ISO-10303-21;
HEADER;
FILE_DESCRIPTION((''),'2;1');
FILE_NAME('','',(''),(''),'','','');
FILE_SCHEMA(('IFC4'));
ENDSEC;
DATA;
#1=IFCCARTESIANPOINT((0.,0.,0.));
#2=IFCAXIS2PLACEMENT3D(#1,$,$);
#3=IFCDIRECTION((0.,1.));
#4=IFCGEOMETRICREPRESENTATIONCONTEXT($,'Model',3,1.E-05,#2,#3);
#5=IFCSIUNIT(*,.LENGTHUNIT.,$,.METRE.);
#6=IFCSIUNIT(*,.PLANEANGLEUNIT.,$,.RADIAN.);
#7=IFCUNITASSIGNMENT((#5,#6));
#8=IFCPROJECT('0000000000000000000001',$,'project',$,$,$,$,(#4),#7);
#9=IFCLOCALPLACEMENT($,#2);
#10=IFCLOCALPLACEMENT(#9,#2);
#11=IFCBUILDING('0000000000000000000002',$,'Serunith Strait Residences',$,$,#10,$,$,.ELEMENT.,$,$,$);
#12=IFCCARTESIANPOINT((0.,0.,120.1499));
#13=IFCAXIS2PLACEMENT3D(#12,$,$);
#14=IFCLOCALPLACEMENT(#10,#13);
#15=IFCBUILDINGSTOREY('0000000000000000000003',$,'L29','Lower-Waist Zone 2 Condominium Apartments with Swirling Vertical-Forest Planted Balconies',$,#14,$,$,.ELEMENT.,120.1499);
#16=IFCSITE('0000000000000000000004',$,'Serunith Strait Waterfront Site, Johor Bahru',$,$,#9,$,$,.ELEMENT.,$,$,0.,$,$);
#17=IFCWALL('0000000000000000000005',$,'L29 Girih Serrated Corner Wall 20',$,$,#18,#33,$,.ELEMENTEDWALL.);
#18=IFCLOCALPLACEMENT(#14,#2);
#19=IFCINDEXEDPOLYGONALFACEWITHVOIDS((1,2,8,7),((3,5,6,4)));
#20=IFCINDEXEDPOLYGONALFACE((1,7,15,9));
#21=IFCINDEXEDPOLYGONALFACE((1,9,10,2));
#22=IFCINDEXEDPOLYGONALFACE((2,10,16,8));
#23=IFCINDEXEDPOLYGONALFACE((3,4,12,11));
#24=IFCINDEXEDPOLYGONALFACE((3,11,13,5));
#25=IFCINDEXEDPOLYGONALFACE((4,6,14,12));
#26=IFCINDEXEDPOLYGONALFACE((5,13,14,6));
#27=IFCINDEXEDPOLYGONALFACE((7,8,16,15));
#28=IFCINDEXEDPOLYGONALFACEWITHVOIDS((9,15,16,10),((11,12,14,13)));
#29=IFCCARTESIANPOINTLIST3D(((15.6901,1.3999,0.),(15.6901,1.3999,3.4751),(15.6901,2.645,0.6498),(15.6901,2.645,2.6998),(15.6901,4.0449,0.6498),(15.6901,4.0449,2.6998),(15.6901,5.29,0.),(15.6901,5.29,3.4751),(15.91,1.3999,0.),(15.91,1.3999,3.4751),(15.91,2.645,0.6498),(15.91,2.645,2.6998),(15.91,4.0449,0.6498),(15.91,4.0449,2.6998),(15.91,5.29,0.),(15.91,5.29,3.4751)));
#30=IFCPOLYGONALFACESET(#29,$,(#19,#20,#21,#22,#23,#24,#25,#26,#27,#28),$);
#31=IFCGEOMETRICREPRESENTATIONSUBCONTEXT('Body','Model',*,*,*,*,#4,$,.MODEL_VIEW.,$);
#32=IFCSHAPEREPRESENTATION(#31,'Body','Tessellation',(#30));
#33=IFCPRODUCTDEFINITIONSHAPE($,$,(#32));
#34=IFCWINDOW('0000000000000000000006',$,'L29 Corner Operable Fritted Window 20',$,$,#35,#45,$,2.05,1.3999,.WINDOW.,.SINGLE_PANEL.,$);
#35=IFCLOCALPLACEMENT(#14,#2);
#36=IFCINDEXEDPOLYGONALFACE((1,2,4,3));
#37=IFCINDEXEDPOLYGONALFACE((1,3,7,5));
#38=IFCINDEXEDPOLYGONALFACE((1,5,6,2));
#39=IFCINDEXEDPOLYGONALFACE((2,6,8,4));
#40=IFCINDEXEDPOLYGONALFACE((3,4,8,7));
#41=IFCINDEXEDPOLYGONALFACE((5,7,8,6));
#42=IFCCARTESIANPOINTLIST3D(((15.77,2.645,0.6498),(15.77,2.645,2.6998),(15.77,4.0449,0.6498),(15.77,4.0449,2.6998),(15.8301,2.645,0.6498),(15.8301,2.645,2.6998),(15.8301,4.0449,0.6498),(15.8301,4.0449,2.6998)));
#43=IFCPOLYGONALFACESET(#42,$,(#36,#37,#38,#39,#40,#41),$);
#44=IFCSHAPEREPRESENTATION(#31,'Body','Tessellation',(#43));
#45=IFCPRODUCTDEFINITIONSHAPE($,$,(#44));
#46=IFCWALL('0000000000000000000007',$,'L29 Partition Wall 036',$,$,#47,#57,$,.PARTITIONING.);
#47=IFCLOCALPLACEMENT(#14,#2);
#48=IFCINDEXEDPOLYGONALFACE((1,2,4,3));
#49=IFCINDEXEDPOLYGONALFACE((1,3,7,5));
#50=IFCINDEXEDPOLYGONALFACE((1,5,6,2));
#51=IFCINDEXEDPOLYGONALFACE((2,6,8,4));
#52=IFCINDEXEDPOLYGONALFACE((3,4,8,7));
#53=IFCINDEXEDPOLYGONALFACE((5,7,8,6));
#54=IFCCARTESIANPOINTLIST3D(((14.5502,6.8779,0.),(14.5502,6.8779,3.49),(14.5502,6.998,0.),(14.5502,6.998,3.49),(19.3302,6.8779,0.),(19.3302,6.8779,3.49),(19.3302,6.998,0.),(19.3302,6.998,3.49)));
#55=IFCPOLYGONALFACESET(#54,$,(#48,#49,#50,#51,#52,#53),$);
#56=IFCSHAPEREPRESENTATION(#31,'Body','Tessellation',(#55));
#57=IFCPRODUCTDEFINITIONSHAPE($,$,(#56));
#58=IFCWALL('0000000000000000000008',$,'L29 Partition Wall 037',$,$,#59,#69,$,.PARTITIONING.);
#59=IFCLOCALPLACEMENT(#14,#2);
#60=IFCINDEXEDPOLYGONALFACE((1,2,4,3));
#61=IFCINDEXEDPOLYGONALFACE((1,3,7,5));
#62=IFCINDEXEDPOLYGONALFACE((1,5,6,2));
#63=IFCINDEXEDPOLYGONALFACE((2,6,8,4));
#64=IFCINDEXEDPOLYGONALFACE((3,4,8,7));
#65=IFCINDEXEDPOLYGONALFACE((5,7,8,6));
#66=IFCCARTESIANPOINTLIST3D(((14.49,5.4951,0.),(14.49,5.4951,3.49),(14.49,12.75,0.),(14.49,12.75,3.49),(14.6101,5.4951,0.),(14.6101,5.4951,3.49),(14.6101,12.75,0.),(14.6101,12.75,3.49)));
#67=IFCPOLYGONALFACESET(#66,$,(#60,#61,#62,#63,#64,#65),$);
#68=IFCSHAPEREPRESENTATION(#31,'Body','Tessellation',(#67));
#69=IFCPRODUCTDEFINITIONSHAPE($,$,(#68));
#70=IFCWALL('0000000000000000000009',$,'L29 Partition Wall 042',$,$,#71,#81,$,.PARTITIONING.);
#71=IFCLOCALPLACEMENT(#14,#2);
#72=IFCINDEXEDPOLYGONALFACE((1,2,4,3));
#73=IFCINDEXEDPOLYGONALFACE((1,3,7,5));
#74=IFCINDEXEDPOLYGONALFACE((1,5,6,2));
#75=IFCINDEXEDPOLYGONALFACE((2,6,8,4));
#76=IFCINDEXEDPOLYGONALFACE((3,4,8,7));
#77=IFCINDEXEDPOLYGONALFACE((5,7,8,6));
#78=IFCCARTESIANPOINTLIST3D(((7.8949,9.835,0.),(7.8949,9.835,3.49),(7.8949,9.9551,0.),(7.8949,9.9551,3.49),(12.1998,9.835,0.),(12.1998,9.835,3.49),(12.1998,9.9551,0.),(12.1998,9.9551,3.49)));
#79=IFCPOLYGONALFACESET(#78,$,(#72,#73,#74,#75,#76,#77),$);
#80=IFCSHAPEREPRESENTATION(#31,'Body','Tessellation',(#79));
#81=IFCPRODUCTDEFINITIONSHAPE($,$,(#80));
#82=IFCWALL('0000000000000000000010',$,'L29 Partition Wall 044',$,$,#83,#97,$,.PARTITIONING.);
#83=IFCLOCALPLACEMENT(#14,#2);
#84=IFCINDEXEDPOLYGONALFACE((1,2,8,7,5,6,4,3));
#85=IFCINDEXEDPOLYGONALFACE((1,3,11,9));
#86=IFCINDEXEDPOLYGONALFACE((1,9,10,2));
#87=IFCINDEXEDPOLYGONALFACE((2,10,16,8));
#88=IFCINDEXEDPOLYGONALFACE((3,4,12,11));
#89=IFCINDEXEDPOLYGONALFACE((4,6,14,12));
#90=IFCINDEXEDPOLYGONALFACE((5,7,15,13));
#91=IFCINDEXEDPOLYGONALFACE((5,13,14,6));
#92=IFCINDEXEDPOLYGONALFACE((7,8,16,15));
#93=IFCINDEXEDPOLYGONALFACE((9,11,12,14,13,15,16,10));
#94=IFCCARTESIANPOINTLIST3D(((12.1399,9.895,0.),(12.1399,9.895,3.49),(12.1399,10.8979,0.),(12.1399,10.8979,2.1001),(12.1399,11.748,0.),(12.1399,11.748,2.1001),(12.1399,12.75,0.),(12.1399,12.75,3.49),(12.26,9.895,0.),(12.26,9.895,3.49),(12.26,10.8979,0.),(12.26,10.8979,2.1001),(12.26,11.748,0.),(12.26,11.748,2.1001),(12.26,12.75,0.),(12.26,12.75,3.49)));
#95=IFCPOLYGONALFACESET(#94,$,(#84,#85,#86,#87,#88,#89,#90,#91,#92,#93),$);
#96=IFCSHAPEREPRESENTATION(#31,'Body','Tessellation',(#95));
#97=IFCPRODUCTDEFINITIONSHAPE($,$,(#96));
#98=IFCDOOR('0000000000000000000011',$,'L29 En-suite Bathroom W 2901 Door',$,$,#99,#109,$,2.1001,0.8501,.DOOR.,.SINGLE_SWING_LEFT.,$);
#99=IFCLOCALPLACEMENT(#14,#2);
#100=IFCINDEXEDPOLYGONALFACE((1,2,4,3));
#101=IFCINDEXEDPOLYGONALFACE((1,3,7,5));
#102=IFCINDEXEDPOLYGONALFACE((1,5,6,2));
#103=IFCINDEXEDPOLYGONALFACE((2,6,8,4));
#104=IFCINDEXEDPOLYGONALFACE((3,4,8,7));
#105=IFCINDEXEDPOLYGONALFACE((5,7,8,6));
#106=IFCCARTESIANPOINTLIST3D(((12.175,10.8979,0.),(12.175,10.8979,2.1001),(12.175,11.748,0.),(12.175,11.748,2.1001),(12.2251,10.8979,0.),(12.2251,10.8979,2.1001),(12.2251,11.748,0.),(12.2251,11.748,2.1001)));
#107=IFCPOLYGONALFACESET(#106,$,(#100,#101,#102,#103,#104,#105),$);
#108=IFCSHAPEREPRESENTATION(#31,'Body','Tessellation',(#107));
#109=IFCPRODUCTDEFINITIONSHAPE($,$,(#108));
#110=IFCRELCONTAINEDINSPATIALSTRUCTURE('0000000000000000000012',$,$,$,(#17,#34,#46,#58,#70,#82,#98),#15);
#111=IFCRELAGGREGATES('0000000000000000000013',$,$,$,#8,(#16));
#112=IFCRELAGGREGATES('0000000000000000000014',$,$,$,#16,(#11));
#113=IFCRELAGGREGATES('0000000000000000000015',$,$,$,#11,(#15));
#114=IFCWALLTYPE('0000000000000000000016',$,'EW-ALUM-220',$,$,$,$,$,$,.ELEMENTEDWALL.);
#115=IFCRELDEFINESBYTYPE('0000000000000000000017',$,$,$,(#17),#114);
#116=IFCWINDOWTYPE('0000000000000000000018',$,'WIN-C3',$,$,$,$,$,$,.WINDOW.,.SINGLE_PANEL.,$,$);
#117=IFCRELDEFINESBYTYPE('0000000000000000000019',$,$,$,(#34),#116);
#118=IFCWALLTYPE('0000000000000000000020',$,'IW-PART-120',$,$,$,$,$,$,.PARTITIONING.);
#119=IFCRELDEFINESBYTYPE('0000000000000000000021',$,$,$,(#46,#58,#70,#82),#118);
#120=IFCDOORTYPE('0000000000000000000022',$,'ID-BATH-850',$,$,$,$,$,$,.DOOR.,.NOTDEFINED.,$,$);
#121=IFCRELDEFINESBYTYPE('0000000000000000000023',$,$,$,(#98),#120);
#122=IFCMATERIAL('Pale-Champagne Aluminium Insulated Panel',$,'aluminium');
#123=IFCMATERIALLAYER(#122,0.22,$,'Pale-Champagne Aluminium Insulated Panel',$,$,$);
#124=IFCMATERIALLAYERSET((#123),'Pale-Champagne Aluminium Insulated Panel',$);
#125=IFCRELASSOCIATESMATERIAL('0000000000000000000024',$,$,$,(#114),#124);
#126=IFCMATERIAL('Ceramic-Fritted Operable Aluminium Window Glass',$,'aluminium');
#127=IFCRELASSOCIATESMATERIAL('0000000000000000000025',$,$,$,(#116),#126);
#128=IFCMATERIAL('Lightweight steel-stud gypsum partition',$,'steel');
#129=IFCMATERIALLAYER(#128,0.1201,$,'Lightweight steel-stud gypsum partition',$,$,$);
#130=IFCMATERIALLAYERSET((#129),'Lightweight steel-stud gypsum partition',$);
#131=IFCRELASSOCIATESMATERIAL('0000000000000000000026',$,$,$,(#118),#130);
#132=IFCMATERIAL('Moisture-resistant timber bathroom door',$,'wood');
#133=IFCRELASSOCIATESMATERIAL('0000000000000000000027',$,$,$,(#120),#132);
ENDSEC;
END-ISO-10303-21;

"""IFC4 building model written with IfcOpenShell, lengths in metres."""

from ifc_helpers import new_model, si_unit, direction, frame, frame_2d, origin, place, context, subcontext, project, spatial, rectangle, extrude, source, transform, mapped, material, layer, layer_set, type_object, element, fill, save


model = new_model("IFC4")

# Units and contexts
model_context = context("Model", 3, precision=1e-05, world=origin(), true_north=direction((0.0, 1.0)))
body_context = subcontext(model_context, "Body", "Model", "MODEL_VIEW")
ifc_project = project(units=[si_unit("LENGTHUNIT", "METRE"), si_unit("PLANEANGLEUNIT", "RADIAN")], contexts=[model_context])

# Site, building, storey
site_placement = place(None, origin())
site = spatial("IfcSite", under=ifc_project, at=site_placement, Name="Serunith Strait Waterfront Site, Johor Bahru", CompositionType="ELEMENT", RefElevation=0.0)
building_placement = place(site_placement, origin())
building = spatial("IfcBuilding", under=site, at=building_placement, Name="Serunith Strait Residences", CompositionType="ELEMENT")
storey_placement = place(building_placement, frame((0.0, 0.0, 120.1499)))
storey = spatial("IfcBuildingStorey", under=building, at=storey_placement, Name="L29", Description="Lower-Waist Zone 2 Condominium Apartments with Swirling Vertical-Forest Planted Balconies", CompositionType="ELEMENT", Elevation=120.1499)

# Wall, opening, window
ifc_material_1 = material(Name="Pale-Champagne Aluminium Insulated Panel", Category="aluminium")
ifc_layer_1 = layer(ifc_material_1, 0.22, Name="Pale-Champagne Aluminium Insulated Panel")
ifc_layer_set_1 = layer_set([ifc_layer_1], Name="Pale-Champagne Aluminium Insulated Panel")
wall_type_1 = type_object("IfcWallType", Name="EW-ALUM-220", PredefinedType="ELEMENTEDWALL", material=ifc_layer_set_1)
ifc_material_2 = material(Name="Ceramic-Fritted Operable Aluminium Window Glass", Category="aluminium")
window_type = type_object("IfcWindowType", Name="WIN-C3", PartitioningType="SINGLE_PANEL", PredefinedType="WINDOW", material=ifc_material_2)
shared_shape_1 = source(origin(), body_context, "Body", "SweptSolid", [
    extrude(rectangle(XDim=1.3999, YDim=2.05, at=frame_2d((0.7, 1.0249))), frame((0.0, 0.03, 0.0), z_axis=(0.0, -1.0, 0.0), x_axis=(1.0, 0.0, 0.0)), (0.0, 0.0, 1.0), 0.0601),
])
wall_1_placement = place(storey_placement, frame((15.8, 5.29, 0.0), z_axis=(0.0, 0.0, 1.0), x_axis=(0.0, -1.0, 0.0)))
wall_1 = element("IfcWall", 1, at=wall_1_placement, inside=storey, type_object=wall_type_1, Name="L29 Girih Serrated Corner Wall 20", PredefinedType="ELEMENTEDWALL", context=body_context, shape_type="SweptSolid", body=[
    extrude(rectangle(XDim=3.8901, YDim=0.22, at=frame_2d((1.9451, 0.0))), origin(), (0.0, 0.0, 1.0), 3.4751),
])
opening_1_placement = place(wall_1_placement, frame((1.2451, 0.0, 0.6499)))
opening_1 = element("IfcOpeningElement", 2, at=opening_1_placement, cuts=wall_1, PredefinedType="OPENING", context=body_context, shape_type="SweptSolid", body=[
    extrude(rectangle(XDim=1.3999, YDim=2.05, at=frame_2d((0.7, 1.0249))), frame((0.0, 0.1201, 0.0), z_axis=(0.0, -1.0, 0.0), x_axis=(1.0, 0.0, 0.0)), (0.0, 0.0, 1.0), 0.24),
])
window_1_placement = place(opening_1_placement, origin())
window_1 = element("IfcWindow", 3, at=window_1_placement, inside=storey, type_object=window_type, Name="L29 Corner Operable Fritted Window 20", OverallHeight=2.05, OverallWidth=1.3999, PartitioningType="SINGLE_PANEL", PredefinedType="WINDOW", context=body_context, shape_type="MappedRepresentation", body=[
    mapped(shared_shape_1, transform((0.0, 0.0, 0.0), scale=1.0)),
])
fill(opening_1, window_1)

# Walls
ifc_material_3 = material(Name="Lightweight steel-stud gypsum partition", Category="steel")
ifc_layer_2 = layer(ifc_material_3, 0.1201, Name="Lightweight steel-stud gypsum partition")
ifc_layer_set_2 = layer_set([ifc_layer_2], Name="Lightweight steel-stud gypsum partition")
wall_type_2 = type_object("IfcWallType", Name="IW-PART-120", PredefinedType="PARTITIONING", material=ifc_layer_set_2)
wall_2_placement = place(storey_placement, frame((14.55, 6.938, 0.0), z_axis=(0.0, 0.0, 1.0), x_axis=(1.0, 0.0, 0.0)))
element("IfcWall", 4, at=wall_2_placement, inside=storey, type_object=wall_type_2, Name="L29 Partition Wall 036", PredefinedType="PARTITIONING", context=body_context, shape_type="SweptSolid", body=[
    extrude(rectangle(XDim=4.78, YDim=0.1201, at=frame_2d((2.3901, 0.0))), origin(), (0.0, 0.0, 1.0), 3.49),
])
wall_3_placement = place(storey_placement, frame((14.55, 5.4951, 0.0), z_axis=(0.0, 0.0, 1.0), x_axis=(0.0, 1.0, 0.0)))
element("IfcWall", 5, at=wall_3_placement, inside=storey, type_object=wall_type_2, Name="L29 Partition Wall 037", PredefinedType="PARTITIONING", context=body_context, shape_type="SweptSolid", body=[
    extrude(rectangle(XDim=7.2549, YDim=0.1201, at=frame_2d((3.6274, 0.0))), origin(), (0.0, 0.0, 1.0), 3.49),
])
wall_4_placement = place(storey_placement, frame((7.895, 9.895, 0.0), z_axis=(0.0, 0.0, 1.0), x_axis=(1.0, 0.0, 0.0)))
element("IfcWall", 6, at=wall_4_placement, inside=storey, type_object=wall_type_2, Name="L29 Partition Wall 042", PredefinedType="PARTITIONING", context=body_context, shape_type="SweptSolid", body=[
    extrude(rectangle(XDim=4.3049, YDim=0.1201, at=frame_2d((2.1523, 0.0))), origin(), (0.0, 0.0, 1.0), 3.49),
])

# Wall, opening, door
wall_5_placement = place(storey_placement, frame((12.2, 9.895, 0.0), z_axis=(0.0, 0.0, 1.0), x_axis=(0.0, 1.0, 0.0)))
wall_5 = element("IfcWall", 7, at=wall_5_placement, inside=storey, type_object=wall_type_2, Name="L29 Partition Wall 044", PredefinedType="PARTITIONING", context=body_context, shape_type="SweptSolid", body=[
    extrude(rectangle(XDim=2.855, YDim=0.1201, at=frame_2d((1.4275, 0.0))), origin(), (0.0, 0.0, 1.0), 3.49),
])
opening_2_placement = place(wall_5_placement, frame((1.0029, 0.0, 0.0)))
opening_2 = element("IfcOpeningElement", 8, at=opening_2_placement, cuts=wall_5, PredefinedType="OPENING", context=body_context, shape_type="SweptSolid", body=[
    extrude(rectangle(XDim=0.8501, YDim=2.1001, at=frame_2d((0.425, 1.05))), frame((0.0, 0.0701, 0.0), z_axis=(0.0, -1.0, 0.0), x_axis=(1.0, 0.0, 0.0)), (0.0, 0.0, 1.0), 0.1401),
])
ifc_material_4 = material(Name="Moisture-resistant timber bathroom door", Category="wood")
door_type = type_object("IfcDoorType", Name="ID-BATH-850", OperationType="NOTDEFINED", PredefinedType="DOOR", material=ifc_material_4)
shared_shape_2 = source(origin(), body_context, "Body", "SweptSolid", [
    extrude(rectangle(XDim=0.8501, YDim=2.1001, at=frame_2d((0.425, 1.05))), frame((0.0, 0.0249, 0.0), z_axis=(0.0, -1.0, 0.0), x_axis=(1.0, 0.0, 0.0)), (0.0, 0.0, 1.0), 0.05),
])
door_placement = place(opening_2_placement, origin())
door = element("IfcDoor", 9, at=door_placement, inside=storey, type_object=door_type, Name="L29 En-suite Bathroom W 2901 Door", OperationType="SINGLE_SWING_LEFT", OverallHeight=2.1001, OverallWidth=0.8501, PredefinedType="DOOR", context=body_context, shape_type="MappedRepresentation", body=[
    mapped(shared_shape_2, transform((0.0, 0.0, 0.0), scale=1.0)),
])
fill(opening_2, door)

save(model, "model.ifc")
